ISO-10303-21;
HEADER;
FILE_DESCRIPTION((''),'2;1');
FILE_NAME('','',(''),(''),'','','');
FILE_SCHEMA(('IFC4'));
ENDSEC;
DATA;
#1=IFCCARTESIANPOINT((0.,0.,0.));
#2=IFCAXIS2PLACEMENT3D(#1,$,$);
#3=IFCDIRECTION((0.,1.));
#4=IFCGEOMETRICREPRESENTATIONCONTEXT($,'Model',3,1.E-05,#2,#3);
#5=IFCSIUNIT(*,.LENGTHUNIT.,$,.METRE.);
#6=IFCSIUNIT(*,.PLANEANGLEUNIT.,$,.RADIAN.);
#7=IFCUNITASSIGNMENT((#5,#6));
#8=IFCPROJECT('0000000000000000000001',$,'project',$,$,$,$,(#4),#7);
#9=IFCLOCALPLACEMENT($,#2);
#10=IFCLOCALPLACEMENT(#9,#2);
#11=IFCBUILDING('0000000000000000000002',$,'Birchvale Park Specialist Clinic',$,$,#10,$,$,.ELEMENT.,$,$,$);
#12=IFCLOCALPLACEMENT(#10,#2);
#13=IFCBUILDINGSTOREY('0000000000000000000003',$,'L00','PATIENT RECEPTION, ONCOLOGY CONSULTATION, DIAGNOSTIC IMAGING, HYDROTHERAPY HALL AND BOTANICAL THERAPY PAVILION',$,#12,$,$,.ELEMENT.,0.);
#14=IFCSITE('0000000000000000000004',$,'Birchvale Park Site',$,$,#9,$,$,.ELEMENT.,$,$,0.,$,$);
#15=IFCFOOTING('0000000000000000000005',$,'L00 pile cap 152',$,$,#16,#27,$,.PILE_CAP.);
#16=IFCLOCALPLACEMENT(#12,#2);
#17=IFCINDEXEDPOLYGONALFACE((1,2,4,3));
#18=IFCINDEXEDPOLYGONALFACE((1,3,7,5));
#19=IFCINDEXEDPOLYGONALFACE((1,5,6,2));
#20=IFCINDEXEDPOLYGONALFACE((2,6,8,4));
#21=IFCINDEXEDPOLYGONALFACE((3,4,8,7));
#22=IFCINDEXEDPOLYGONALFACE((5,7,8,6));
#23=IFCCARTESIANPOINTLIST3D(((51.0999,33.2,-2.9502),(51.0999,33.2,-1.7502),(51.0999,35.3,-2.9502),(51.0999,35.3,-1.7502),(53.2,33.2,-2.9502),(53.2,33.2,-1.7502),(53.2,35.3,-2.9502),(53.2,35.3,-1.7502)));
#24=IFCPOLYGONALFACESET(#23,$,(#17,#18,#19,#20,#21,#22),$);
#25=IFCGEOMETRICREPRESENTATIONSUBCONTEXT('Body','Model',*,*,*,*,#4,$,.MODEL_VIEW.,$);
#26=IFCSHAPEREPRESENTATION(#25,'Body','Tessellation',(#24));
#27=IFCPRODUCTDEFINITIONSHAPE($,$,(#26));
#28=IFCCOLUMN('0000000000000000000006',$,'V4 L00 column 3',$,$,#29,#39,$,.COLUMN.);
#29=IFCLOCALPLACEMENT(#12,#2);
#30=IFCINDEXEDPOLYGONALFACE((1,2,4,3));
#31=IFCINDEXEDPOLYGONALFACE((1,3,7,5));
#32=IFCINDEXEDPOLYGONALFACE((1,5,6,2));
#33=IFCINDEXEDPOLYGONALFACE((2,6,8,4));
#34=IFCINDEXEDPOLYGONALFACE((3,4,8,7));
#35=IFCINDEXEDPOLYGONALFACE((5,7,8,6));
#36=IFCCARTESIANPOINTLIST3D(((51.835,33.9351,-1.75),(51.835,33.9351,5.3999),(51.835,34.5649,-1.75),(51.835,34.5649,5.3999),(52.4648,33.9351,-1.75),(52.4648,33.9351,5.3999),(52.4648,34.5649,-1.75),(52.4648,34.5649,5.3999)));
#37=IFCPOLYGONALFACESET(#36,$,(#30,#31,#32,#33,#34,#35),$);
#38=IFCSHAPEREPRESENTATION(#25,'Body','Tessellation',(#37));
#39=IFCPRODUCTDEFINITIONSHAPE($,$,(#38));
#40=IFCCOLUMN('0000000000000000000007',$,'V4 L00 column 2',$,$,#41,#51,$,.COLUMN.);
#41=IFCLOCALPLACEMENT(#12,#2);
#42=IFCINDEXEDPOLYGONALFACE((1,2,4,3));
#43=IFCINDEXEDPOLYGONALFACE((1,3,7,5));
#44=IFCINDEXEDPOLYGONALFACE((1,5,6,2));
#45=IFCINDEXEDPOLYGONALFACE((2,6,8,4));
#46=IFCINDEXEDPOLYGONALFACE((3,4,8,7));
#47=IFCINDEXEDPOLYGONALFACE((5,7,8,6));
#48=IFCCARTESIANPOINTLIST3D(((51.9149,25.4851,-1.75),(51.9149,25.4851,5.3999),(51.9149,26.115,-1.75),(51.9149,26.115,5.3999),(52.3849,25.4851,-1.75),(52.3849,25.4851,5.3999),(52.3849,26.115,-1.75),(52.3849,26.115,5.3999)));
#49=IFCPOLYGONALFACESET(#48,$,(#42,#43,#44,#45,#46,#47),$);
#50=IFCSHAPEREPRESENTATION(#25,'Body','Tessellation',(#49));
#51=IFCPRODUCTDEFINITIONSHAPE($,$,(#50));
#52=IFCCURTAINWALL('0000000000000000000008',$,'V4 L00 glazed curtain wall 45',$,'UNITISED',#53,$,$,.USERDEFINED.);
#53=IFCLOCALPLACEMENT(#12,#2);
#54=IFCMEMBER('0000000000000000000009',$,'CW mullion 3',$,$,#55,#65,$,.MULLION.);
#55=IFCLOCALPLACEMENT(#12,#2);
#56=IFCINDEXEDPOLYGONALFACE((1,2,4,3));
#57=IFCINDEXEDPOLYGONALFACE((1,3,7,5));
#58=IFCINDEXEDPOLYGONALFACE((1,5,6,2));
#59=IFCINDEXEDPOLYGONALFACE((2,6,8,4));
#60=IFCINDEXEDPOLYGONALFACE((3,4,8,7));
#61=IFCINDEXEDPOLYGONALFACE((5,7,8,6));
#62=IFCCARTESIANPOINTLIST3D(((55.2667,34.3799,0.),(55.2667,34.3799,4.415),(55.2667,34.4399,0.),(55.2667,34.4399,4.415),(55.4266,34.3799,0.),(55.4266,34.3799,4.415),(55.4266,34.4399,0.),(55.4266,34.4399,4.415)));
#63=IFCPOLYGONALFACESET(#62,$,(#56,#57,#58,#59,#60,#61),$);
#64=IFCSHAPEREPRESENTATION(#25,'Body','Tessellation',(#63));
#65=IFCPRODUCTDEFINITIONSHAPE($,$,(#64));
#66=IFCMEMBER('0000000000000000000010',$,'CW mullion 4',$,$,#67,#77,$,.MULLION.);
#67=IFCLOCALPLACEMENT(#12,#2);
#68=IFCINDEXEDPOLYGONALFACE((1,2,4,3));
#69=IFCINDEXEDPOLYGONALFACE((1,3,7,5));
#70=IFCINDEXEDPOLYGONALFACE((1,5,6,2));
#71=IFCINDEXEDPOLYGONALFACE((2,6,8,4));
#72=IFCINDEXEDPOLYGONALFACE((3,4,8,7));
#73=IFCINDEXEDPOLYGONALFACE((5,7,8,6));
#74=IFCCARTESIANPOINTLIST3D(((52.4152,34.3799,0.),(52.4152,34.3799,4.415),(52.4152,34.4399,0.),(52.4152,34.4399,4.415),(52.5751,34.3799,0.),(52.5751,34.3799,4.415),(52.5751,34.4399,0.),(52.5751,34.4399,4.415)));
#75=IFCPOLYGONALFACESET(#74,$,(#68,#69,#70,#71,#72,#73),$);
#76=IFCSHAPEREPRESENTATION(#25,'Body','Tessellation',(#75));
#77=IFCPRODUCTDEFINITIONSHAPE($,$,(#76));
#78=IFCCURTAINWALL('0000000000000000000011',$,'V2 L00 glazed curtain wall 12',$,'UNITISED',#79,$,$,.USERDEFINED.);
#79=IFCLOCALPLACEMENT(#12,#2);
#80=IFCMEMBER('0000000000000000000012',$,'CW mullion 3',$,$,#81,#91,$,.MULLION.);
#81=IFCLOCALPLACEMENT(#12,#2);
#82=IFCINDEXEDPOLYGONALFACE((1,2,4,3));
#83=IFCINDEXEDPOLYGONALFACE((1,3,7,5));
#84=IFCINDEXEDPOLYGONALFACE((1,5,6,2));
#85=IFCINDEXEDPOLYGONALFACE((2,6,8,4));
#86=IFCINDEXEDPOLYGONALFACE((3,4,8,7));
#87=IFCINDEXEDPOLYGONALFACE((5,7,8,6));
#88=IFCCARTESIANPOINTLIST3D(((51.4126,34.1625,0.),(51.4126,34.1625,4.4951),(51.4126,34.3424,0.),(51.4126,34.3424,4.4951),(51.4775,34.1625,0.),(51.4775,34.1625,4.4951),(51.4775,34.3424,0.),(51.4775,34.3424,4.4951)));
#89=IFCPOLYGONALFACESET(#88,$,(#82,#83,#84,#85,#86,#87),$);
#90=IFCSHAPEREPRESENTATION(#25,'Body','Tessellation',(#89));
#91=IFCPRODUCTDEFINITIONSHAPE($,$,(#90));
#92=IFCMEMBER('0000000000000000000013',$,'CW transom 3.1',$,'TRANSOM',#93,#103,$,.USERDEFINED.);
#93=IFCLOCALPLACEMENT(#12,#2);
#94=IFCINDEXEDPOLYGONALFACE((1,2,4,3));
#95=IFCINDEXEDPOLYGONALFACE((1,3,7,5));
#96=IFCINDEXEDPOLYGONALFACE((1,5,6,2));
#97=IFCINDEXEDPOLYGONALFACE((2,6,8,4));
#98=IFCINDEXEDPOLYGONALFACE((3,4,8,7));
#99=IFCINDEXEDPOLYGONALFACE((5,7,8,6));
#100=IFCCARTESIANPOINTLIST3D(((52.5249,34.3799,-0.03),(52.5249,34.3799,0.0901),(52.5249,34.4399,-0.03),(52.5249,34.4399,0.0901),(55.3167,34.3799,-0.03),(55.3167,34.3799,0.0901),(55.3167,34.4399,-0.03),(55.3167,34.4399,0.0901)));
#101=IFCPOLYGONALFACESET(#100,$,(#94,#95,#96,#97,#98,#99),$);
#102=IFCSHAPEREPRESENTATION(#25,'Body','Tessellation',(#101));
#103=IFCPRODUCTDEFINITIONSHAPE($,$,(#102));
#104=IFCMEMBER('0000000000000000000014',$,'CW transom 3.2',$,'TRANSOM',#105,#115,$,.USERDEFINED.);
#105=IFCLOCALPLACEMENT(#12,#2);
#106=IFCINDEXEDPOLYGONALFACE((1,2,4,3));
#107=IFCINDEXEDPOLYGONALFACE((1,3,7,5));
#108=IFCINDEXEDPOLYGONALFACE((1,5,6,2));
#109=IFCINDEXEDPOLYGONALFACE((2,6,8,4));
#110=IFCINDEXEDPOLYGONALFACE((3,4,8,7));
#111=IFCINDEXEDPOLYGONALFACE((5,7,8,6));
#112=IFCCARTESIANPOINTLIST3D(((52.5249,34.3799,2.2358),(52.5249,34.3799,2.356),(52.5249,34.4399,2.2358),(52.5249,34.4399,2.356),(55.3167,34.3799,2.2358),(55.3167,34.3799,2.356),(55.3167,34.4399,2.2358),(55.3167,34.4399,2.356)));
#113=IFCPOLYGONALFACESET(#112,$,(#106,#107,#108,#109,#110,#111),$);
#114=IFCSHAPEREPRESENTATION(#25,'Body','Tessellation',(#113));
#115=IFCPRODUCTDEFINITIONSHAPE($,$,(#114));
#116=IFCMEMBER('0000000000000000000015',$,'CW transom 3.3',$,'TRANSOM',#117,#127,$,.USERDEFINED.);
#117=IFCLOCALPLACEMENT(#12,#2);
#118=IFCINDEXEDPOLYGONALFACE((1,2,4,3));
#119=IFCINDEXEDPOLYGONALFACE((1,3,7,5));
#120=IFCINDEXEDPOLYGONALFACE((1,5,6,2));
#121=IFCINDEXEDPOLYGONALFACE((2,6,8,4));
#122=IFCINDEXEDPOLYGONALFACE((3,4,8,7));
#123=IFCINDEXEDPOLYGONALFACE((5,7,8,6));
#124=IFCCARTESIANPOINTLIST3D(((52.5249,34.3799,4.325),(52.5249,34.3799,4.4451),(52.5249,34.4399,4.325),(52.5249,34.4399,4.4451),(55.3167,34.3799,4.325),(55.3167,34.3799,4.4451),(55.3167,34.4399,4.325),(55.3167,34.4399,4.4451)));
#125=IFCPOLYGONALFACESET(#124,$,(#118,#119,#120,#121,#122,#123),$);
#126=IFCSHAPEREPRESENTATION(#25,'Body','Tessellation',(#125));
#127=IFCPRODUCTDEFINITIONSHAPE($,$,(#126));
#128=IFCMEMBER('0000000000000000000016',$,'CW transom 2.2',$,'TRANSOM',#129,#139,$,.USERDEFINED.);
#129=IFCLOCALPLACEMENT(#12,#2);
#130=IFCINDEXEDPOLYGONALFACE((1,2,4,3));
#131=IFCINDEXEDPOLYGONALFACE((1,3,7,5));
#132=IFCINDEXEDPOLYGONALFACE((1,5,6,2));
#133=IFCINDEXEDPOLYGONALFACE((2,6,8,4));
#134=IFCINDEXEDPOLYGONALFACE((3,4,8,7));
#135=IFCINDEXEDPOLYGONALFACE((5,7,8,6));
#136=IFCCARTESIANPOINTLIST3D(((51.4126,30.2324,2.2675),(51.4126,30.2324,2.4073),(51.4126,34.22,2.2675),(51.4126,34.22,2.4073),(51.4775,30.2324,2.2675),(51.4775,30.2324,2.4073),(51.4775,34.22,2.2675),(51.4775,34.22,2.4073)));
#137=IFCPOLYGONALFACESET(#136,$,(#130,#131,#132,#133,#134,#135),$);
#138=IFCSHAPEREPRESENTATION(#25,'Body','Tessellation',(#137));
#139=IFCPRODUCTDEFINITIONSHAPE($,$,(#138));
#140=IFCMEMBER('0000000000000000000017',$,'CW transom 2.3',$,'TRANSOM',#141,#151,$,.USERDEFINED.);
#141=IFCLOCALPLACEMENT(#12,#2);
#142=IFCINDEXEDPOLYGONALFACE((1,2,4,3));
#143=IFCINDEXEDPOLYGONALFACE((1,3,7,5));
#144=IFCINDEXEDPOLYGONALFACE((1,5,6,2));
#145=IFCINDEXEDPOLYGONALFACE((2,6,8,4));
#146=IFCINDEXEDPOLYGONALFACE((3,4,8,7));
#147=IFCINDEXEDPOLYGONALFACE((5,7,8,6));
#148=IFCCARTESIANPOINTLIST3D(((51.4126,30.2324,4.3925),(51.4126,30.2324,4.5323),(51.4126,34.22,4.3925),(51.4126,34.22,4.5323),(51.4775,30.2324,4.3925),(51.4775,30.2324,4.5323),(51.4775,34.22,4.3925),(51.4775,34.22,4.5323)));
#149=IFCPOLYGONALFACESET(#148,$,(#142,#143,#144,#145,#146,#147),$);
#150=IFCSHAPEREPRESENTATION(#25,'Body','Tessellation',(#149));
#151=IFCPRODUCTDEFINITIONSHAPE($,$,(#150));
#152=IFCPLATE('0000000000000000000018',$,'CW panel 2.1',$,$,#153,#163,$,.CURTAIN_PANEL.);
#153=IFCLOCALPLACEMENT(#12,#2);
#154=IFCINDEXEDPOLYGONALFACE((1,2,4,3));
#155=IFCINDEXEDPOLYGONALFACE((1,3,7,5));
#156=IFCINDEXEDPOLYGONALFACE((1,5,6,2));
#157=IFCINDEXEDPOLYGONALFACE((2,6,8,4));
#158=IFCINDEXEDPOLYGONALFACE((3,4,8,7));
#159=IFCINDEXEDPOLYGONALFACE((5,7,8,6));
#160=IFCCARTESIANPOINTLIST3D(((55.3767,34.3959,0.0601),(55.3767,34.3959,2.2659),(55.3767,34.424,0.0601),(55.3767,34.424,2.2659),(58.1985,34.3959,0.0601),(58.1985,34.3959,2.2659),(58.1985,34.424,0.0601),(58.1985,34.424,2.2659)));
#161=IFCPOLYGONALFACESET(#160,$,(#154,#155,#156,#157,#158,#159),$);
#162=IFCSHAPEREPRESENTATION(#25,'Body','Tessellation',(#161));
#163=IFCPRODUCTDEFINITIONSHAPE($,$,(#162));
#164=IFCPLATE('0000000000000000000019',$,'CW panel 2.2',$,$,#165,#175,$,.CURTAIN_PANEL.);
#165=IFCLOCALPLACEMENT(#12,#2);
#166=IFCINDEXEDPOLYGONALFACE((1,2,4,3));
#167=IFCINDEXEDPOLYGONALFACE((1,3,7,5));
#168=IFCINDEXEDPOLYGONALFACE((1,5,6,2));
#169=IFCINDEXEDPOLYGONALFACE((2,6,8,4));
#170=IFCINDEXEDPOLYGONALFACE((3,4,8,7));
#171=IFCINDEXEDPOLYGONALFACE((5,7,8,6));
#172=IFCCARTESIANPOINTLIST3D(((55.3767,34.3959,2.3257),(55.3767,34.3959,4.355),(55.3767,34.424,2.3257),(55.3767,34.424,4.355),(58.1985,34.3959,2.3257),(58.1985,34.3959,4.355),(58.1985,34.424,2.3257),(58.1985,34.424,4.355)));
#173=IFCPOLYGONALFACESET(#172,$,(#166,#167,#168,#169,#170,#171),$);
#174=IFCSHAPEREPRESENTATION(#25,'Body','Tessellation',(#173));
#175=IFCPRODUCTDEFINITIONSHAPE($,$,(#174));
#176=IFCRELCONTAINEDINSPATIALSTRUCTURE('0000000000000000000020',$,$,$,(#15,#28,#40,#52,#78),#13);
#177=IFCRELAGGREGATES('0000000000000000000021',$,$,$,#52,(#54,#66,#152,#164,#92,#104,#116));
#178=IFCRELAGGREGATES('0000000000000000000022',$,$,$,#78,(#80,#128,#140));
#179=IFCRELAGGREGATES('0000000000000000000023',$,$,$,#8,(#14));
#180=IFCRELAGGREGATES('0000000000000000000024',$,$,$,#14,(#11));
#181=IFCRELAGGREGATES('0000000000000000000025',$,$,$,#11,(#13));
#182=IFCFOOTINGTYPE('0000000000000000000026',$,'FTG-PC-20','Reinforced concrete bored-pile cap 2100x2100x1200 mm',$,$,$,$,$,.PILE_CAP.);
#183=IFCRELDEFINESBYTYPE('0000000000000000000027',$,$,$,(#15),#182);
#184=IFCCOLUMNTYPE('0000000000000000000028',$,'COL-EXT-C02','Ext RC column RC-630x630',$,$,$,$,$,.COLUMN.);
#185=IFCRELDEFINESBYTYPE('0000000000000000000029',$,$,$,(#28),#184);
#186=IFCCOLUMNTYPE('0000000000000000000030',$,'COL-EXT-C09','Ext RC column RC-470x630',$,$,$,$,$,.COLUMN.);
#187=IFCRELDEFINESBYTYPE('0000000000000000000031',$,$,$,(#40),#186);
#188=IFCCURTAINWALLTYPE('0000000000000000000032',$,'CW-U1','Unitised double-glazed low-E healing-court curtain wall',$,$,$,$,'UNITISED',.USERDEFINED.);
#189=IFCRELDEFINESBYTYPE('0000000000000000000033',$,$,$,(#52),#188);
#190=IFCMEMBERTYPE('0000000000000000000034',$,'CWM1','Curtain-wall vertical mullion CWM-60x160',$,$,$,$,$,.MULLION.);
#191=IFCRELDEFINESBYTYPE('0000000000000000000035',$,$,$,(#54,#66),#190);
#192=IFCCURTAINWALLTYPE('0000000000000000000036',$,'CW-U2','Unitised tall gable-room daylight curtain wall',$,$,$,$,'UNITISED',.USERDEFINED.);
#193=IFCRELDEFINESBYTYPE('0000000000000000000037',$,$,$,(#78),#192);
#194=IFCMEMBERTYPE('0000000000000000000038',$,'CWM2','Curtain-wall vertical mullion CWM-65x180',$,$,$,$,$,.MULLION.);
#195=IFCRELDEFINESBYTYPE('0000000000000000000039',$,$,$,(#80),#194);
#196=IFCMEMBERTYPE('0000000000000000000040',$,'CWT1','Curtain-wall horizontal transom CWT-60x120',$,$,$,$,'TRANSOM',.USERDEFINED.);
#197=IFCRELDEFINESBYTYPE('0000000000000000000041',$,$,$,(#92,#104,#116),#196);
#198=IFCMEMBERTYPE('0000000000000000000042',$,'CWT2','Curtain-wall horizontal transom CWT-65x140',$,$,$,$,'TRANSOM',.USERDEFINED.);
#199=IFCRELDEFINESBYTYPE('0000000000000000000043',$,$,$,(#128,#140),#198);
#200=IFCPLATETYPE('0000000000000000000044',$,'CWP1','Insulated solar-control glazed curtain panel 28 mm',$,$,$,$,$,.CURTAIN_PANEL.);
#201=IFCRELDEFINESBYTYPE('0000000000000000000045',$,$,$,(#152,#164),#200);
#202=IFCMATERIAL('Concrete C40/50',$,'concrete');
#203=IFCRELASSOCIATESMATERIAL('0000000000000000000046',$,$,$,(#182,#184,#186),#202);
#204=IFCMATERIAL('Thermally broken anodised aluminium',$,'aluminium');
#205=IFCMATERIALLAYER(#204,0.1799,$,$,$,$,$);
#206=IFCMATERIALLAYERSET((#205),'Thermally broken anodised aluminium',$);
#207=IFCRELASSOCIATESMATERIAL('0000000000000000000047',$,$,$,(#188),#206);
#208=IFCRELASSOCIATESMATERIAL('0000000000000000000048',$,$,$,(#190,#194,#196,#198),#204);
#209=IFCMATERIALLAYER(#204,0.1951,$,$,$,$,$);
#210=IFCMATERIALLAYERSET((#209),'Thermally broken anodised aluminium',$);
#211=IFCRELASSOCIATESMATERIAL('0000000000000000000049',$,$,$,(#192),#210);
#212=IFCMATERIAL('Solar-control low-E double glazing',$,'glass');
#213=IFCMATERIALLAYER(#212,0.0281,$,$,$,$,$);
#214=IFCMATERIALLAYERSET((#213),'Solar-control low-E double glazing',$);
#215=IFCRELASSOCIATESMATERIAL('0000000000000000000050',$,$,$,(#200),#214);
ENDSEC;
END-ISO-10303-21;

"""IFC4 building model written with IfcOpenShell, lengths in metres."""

from ifc_helpers import new_model, si_unit, direction, frame, origin, origin_2d, place, context, subcontext, project, spatial, rectangle, extrude, material, layer, layer_set, material_profile, profile_set, type_object, element, aggregate, save


model = new_model("IFC4")

# Units and contexts
model_context = context("Model", 3, precision=1e-05, world=origin(), true_north=direction((0.0, 1.0)))
body_context = subcontext(model_context, "Body", "Model", "MODEL_VIEW")
ifc_project = project(units=[si_unit("LENGTHUNIT", "METRE"), si_unit("PLANEANGLEUNIT", "RADIAN")], contexts=[model_context])

# Site, building, storey
site_placement = place(None, origin())
site = spatial("IfcSite", under=ifc_project, at=site_placement, Name="Birchvale Park Site", CompositionType="ELEMENT", RefElevation=0.0)
building_placement = place(site_placement, origin())
building = spatial("IfcBuilding", under=site, at=building_placement, Name="Birchvale Park Specialist Clinic", CompositionType="ELEMENT")
storey_placement = place(building_placement, origin())
storey = spatial("IfcBuildingStorey", under=building, at=storey_placement, Name="L00", Description="PATIENT RECEPTION, ONCOLOGY CONSULTATION, DIAGNOSTIC IMAGING, HYDROTHERAPY HALL AND BOTANICAL THERAPY PAVILION", CompositionType="ELEMENT", Elevation=0.0)

# Footing
ifc_material_1 = material(Name="Concrete C40/50", Category="concrete")
footing_type = type_object("IfcFootingType", Name="FTG-PC-20", Description="Reinforced concrete bored-pile cap 2100x2100x1200 mm", PredefinedType="PILE_CAP", material=ifc_material_1)
footing_placement = place(storey_placement, frame((52.1499, 34.25, -2.9502), z_axis=(0.0, 0.0, 1.0), x_axis=(1.0, 0.0, 0.0)))
element("IfcFooting", 1, at=footing_placement, inside=storey, type_object=footing_type, Name="L00 pile cap 152", PredefinedType="PILE_CAP", context=body_context, shape_type="SweptSolid", body=[
    extrude(rectangle(XDim=2.1001, YDim=2.1001, at=origin_2d()), origin(), (0.0, 0.0, 1.0), 1.2),
])

# Columns
ifc_material_profile_1 = material_profile(ifc_material_1, rectangle(XDim=0.6299, YDim=0.6299, at=origin_2d()), Name="RC-630x630")
ifc_profile_set_1 = profile_set([ifc_material_profile_1], Name="Concrete C40/50")
column_type_1 = type_object("IfcColumnType", Name="COL-EXT-C02", Description="Ext RC column RC-630x630", PredefinedType="COLUMN", material=ifc_profile_set_1)
column_1_placement = place(storey_placement, frame((52.1499, 34.25, -1.75), z_axis=(0.0, 0.0, 1.0), x_axis=(1.0, 0.0, 0.0)))
element("IfcColumn", 2, at=column_1_placement, inside=storey, type_object=column_type_1, Name="V4 L00 column 3", PredefinedType="COLUMN", context=body_context, shape_type="SweptSolid", body=[
    extrude(rectangle(XDim=0.6299, YDim=0.6299, at=origin_2d()), origin(), (0.0, 0.0, 1.0), 7.1499),
])
ifc_material_profile_2 = material_profile(ifc_material_1, rectangle(XDim=0.47, YDim=0.6299, at=origin_2d()), Name="RC-470x630")
ifc_profile_set_2 = profile_set([ifc_material_profile_2], Name="Concrete C40/50")
column_type_2 = type_object("IfcColumnType", Name="COL-EXT-C09", Description="Ext RC column RC-470x630", PredefinedType="COLUMN", material=ifc_profile_set_2)
column_2_placement = place(storey_placement, frame((52.1499, 25.8, -1.75), z_axis=(0.0, 0.0, 1.0), x_axis=(1.0, 0.0, 0.0)))
element("IfcColumn", 3, at=column_2_placement, inside=storey, type_object=column_type_2, Name="V4 L00 column 2", PredefinedType="COLUMN", context=body_context, shape_type="SweptSolid", body=[
    extrude(rectangle(XDim=0.47, YDim=0.6299, at=origin_2d()), origin(), (0.0, 0.0, 1.0), 7.1499),
])

# Curtain wall, members
ifc_material_2 = material(Name="Thermally broken anodised aluminium", Category="aluminium")
ifc_layer_1 = layer(ifc_material_2, 0.1799)
ifc_layer_set_1 = layer_set([ifc_layer_1], Name="Thermally broken anodised aluminium")
curtain_wall_type_1 = type_object("IfcCurtainWallType", Name="CW-U1", Description="Unitised double-glazed low-E healing-court curtain wall", ElementType="UNITISED", PredefinedType="USERDEFINED", material=ifc_layer_set_1)
curtain_wall_1_placement = place(storey_placement, origin())
curtain_wall_1 = element("IfcCurtainWall", 4, at=curtain_wall_1_placement, inside=storey, type_object=curtain_wall_type_1, Name="V4 L00 glazed curtain wall 45", ObjectType="UNITISED", PredefinedType="USERDEFINED")
ifc_material_profile_3 = material_profile(ifc_material_2, rectangle(XDim=0.0601, YDim=0.1599, at=origin_2d()), Name="CWM-60x160")
ifc_profile_set_3 = profile_set([ifc_material_profile_3], Name="Thermally broken anodised aluminium")
member_type_1 = type_object("IfcMemberType", Name="CWM1", Description="Curtain-wall vertical mullion CWM-60x160", PredefinedType="MULLION", material=ifc_profile_set_3)
member_1_placement = place(storey_placement, frame((55.3467, 34.4099, 0.0), z_axis=(0.0, 0.0, 1.0), x_axis=(0.0, -1.0, 0.0)))
member_1 = element("IfcMember", 5, at=member_1_placement, type_object=member_type_1, Name="CW mullion 3", PredefinedType="MULLION", context=body_context, shape_type="SweptSolid", body=[
    extrude(rectangle(XDim=0.0601, YDim=0.1599, at=origin_2d()), origin(), (0.0, 0.0, 1.0), 4.415),
])
member_2_placement = place(storey_placement, frame((52.4951, 34.4099, 0.0), z_axis=(0.0, 0.0, 1.0), x_axis=(0.0, -1.0, 0.0)))
member_2 = element("IfcMember", 6, at=member_2_placement, type_object=member_type_1, Name="CW mullion 4", PredefinedType="MULLION", context=body_context, shape_type="SweptSolid", body=[
    extrude(rectangle(XDim=0.0601, YDim=0.1599, at=origin_2d()), origin(), (0.0, 0.0, 1.0), 4.415),
])

# Curtain wall, member
ifc_layer_2 = layer(ifc_material_2, 0.1951)
ifc_layer_set_2 = layer_set([ifc_layer_2], Name="Thermally broken anodised aluminium")
curtain_wall_type_2 = type_object("IfcCurtainWallType", Name="CW-U2", Description="Unitised tall gable-room daylight curtain wall", ElementType="UNITISED", PredefinedType="USERDEFINED", material=ifc_layer_set_2)
curtain_wall_2_placement = place(storey_placement, origin())
curtain_wall_2 = element("IfcCurtainWall", 7, at=curtain_wall_2_placement, inside=storey, type_object=curtain_wall_type_2, Name="V2 L00 glazed curtain wall 12", ObjectType="UNITISED", PredefinedType="USERDEFINED")
ifc_material_profile_4 = material_profile(ifc_material_2, rectangle(XDim=0.0649, YDim=0.1799, at=origin_2d()), Name="CWM-65x180")
ifc_profile_set_4 = profile_set([ifc_material_profile_4], Name="Thermally broken anodised aluminium")
member_type_2 = type_object("IfcMemberType", Name="CWM2", Description="Curtain-wall vertical mullion CWM-65x180", PredefinedType="MULLION", material=ifc_profile_set_4)
member_3_placement = place(storey_placement, frame((51.4451, 34.2524, 0.0), z_axis=(0.0, 0.0, 1.0), x_axis=(-1.0, 0.0, 0.0)))
member_3 = element("IfcMember", 8, at=member_3_placement, type_object=member_type_2, Name="CW mullion 3", PredefinedType="MULLION", context=body_context, shape_type="SweptSolid", body=[
    extrude(rectangle(XDim=0.0649, YDim=0.1799, at=origin_2d()), origin(), (0.0, 0.0, 1.0), 4.4951),
])

# Members
ifc_material_profile_5 = material_profile(ifc_material_2, rectangle(XDim=0.0601, YDim=0.1201, at=origin_2d()), Name="CWT-60x120")
ifc_profile_set_5 = profile_set([ifc_material_profile_5], Name="Thermally broken anodised aluminium")
member_type_3 = type_object("IfcMemberType", Name="CWT1", Description="Curtain-wall horizontal transom CWT-60x120", ElementType="TRANSOM", PredefinedType="USERDEFINED", material=ifc_profile_set_5)
member_4_placement = place(storey_placement, frame((55.3167, 34.4099, 0.03), z_axis=(-1.0, 0.0, 0.0), x_axis=(0.0, -1.0, 0.0)))
member_4 = element("IfcMember", 9, at=member_4_placement, type_object=member_type_3, Name="CW transom 3.1", ObjectType="TRANSOM", PredefinedType="USERDEFINED", context=body_context, shape_type="SweptSolid", body=[
    extrude(rectangle(XDim=0.0601, YDim=0.1201, at=origin_2d()), origin(), (0.0, 0.0, 1.0), 2.7917),
])
member_5_placement = place(storey_placement, frame((55.3167, 34.4099, 2.2959), z_axis=(-1.0, 0.0, 0.0), x_axis=(0.0, -1.0, 0.0)))
member_5 = element("IfcMember", 10, at=member_5_placement, type_object=member_type_3, Name="CW transom 3.2", ObjectType="TRANSOM", PredefinedType="USERDEFINED", context=body_context, shape_type="SweptSolid", body=[
    extrude(rectangle(XDim=0.0601, YDim=0.1201, at=origin_2d()), origin(), (0.0, 0.0, 1.0), 2.7917),
])
member_6_placement = place(storey_placement, frame((55.3167, 34.4099, 4.385), z_axis=(-1.0, 0.0, 0.0), x_axis=(0.0, -1.0, 0.0)))
member_6 = element("IfcMember", 11, at=member_6_placement, type_object=member_type_3, Name="CW transom 3.3", ObjectType="TRANSOM", PredefinedType="USERDEFINED", context=body_context, shape_type="SweptSolid", body=[
    extrude(rectangle(XDim=0.0601, YDim=0.1201, at=origin_2d()), origin(), (0.0, 0.0, 1.0), 2.7917),
])
ifc_material_profile_6 = material_profile(ifc_material_2, rectangle(XDim=0.0649, YDim=0.1399, at=origin_2d()), Name="CWT-65x140")
ifc_profile_set_6 = profile_set([ifc_material_profile_6], Name="Thermally broken anodised aluminium")
member_type_4 = type_object("IfcMemberType", Name="CWT2", Description="Curtain-wall horizontal transom CWT-65x140", ElementType="TRANSOM", PredefinedType="USERDEFINED", material=ifc_profile_set_6)
member_7_placement = place(storey_placement, frame((51.4451, 30.2324, 2.3374), z_axis=(0.0, 1.0, 0.0), x_axis=(-1.0, 0.0, 0.0)))
member_7 = element("IfcMember", 12, at=member_7_placement, type_object=member_type_4, Name="CW transom 2.2", ObjectType="TRANSOM", PredefinedType="USERDEFINED", context=body_context, shape_type="SweptSolid", body=[
    extrude(rectangle(XDim=0.0649, YDim=0.1399, at=origin_2d()), origin(), (0.0, 0.0, 1.0), 3.9875),
])
member_8_placement = place(storey_placement, frame((51.4451, 30.2324, 4.4624), z_axis=(0.0, 1.0, 0.0), x_axis=(-1.0, 0.0, 0.0)))
member_8 = element("IfcMember", 13, at=member_8_placement, type_object=member_type_4, Name="CW transom 2.3", ObjectType="TRANSOM", PredefinedType="USERDEFINED", context=body_context, shape_type="SweptSolid", body=[
    extrude(rectangle(XDim=0.0649, YDim=0.1399, at=origin_2d()), origin(), (0.0, 0.0, 1.0), 3.9875),
])

# Plates
ifc_material_3 = material(Name="Solar-control low-E double glazing", Category="glass")
ifc_layer_3 = layer(ifc_material_3, 0.0281)
ifc_layer_set_3 = layer_set([ifc_layer_3], Name="Solar-control low-E double glazing")
plate_type_1 = type_object("IfcPlateType", Name="CWP1", Description="Insulated solar-control glazed curtain panel 28 mm", PredefinedType="CURTAIN_PANEL", material=ifc_layer_set_3)
plate_1_placement = place(storey_placement, frame((56.7876, 34.4099, 0.0601), z_axis=(0.0, 0.0, 1.0), x_axis=(-1.0, 0.0, 0.0)))
plate_1 = element("IfcPlate", 14, at=plate_1_placement, type_object=plate_type_1, Name="CW panel 2.1", PredefinedType="CURTAIN_PANEL", context=body_context, shape_type="SweptSolid", body=[
    extrude(rectangle(XDim=2.8218, YDim=0.0281, at=origin_2d()), origin(), (0.0, 0.0, 1.0), 2.2058),
])
plate_2_placement = place(storey_placement, frame((56.7876, 34.4099, 2.3257), z_axis=(0.0, 0.0, 1.0), x_axis=(-1.0, 0.0, 0.0)))
plate_2 = element("IfcPlate", 15, at=plate_2_placement, type_object=plate_type_1, Name="CW panel 2.2", PredefinedType="CURTAIN_PANEL", context=body_context, shape_type="SweptSolid", body=[
    extrude(rectangle(XDim=2.8218, YDim=0.0281, at=origin_2d()), origin(), (0.0, 0.0, 1.0), 2.0293),
])
aggregate(curtain_wall_1, [member_1, member_2, plate_1, plate_2, member_4, member_5, member_6])
aggregate(curtain_wall_2, [member_3, member_7, member_8])

save(model, "model.ifc")
